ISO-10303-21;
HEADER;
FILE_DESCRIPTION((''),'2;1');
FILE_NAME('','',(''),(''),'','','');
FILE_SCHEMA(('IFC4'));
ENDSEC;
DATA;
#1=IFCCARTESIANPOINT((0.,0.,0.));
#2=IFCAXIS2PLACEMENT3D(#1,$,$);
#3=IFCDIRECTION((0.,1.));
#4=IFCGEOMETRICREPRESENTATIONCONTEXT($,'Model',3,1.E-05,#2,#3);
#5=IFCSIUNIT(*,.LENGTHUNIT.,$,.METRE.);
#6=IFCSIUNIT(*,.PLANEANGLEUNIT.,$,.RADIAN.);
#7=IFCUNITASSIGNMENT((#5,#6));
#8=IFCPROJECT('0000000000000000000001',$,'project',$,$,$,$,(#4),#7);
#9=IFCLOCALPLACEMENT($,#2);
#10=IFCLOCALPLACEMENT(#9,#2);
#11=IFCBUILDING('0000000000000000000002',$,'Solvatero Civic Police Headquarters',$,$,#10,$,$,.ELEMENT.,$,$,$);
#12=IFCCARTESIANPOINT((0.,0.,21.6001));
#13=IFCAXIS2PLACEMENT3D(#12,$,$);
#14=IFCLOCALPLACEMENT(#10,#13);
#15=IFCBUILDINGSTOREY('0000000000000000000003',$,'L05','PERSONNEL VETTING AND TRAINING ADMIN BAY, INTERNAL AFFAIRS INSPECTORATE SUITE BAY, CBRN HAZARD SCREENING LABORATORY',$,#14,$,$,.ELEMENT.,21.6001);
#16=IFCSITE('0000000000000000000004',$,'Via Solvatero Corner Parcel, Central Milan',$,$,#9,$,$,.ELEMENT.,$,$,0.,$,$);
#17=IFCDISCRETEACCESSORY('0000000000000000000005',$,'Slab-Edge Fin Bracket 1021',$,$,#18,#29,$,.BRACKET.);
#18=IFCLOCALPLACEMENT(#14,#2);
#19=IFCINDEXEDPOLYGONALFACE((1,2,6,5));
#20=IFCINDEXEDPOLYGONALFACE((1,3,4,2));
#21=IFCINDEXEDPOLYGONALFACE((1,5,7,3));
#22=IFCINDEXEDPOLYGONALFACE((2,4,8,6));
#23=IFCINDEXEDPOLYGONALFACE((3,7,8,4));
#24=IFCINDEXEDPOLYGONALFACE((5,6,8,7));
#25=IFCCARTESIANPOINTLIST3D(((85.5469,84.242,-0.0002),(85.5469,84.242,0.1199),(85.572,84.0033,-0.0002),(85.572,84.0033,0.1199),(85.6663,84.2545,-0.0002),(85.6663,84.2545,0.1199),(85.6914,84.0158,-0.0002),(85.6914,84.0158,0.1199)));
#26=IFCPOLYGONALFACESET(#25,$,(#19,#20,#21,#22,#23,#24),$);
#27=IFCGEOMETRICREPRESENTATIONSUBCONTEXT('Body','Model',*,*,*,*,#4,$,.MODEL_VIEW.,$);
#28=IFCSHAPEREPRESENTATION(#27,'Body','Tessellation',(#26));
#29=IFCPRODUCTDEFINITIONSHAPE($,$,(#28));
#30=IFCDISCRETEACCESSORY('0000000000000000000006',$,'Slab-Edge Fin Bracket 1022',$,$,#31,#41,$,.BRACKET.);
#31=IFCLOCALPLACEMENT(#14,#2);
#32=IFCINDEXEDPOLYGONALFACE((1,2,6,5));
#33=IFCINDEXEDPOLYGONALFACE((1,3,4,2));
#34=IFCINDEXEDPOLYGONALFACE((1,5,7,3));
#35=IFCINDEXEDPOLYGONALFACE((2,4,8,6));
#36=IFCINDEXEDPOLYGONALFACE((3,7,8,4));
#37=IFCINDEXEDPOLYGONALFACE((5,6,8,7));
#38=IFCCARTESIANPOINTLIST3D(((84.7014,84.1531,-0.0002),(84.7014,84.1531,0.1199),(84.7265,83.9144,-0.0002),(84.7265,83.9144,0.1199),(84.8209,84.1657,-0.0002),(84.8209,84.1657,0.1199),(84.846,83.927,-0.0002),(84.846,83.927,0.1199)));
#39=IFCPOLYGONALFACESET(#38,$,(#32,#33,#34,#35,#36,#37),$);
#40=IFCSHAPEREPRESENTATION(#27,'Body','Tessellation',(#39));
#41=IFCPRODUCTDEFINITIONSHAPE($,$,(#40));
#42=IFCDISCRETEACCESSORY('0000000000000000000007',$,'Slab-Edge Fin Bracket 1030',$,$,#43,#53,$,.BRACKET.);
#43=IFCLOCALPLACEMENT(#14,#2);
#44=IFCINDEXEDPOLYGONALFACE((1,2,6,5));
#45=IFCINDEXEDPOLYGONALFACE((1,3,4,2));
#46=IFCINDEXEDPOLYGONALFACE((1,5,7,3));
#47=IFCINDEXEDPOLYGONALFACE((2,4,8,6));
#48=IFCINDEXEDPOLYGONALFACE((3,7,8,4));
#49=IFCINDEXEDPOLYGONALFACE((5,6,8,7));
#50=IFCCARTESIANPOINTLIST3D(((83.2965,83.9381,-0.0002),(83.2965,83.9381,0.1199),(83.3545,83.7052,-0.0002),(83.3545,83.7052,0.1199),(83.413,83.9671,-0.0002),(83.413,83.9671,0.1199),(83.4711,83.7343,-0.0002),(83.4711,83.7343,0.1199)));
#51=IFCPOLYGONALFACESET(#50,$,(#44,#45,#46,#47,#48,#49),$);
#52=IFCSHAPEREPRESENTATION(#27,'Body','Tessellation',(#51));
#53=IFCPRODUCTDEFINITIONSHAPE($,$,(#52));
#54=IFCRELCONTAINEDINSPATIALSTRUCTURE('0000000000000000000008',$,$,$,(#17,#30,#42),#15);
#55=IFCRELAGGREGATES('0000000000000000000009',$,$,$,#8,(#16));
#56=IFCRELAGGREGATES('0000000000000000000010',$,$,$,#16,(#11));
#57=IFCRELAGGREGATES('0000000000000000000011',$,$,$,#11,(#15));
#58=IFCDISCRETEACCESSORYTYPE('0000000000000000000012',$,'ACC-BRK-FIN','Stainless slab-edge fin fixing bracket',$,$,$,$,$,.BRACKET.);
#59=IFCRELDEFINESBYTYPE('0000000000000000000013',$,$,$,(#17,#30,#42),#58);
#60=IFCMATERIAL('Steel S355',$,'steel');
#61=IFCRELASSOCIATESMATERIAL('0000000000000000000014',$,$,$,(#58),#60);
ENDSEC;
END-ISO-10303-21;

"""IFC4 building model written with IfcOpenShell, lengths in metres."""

from ifc_helpers import new_model, si_unit, direction, frame, origin, origin_2d, place, context, subcontext, project, spatial, rectangle, extrude, material, type_object, element, save


model = new_model("IFC4")

# Units and contexts
model_context = context("Model", 3, precision=1e-05, world=origin(), true_north=direction((0.0, 1.0)))
body_context = subcontext(model_context, "Body", "Model", "MODEL_VIEW")
ifc_project = project(units=[si_unit("LENGTHUNIT", "METRE"), si_unit("PLANEANGLEUNIT", "RADIAN")], contexts=[model_context])

# Site, building, storey
site_placement = place(None, origin())
site = spatial("IfcSite", under=ifc_project, at=site_placement, Name="Via Solvatero Corner Parcel, Central Milan", CompositionType="ELEMENT", RefElevation=0.0)
building_placement = place(site_placement, origin())
building = spatial("IfcBuilding", under=site, at=building_placement, Name="Solvatero Civic Police Headquarters", CompositionType="ELEMENT")
storey_placement = place(building_placement, frame((0.0, 0.0, 21.6001)))
storey = spatial("IfcBuildingStorey", under=building, at=storey_placement, Name="L05", Description="PERSONNEL VETTING AND TRAINING ADMIN BAY, INTERNAL AFFAIRS INSPECTORATE SUITE BAY, CBRN HAZARD SCREENING LABORATORY", CompositionType="ELEMENT", Elevation=21.6001)

# Shared definitions
ifc_material_1 = material(Name="Steel S355", Category="steel")

# Discrete accessories
discrete_accessory_type = type_object("IfcDiscreteAccessoryType", Name="ACC-BRK-FIN", Description="Stainless slab-edge fin fixing bracket", PredefinedType="BRACKET", material=ifc_material_1)
for number, where, z_axis, x_axis, name in (
    (1, (85.6191, 84.1289, -0.0002), (0.0, 0.0, 1.0), (-0.994524, -0.104511, 0.0), "Slab-Edge Fin Bracket 1021"),
    (2, (84.7737, 84.04, -0.0002), (0.0, 0.0, 1.0), (-0.994524, -0.104511, 0.0), "Slab-Edge Fin Bracket 1022"),
    (3, (83.3838, 83.8362, -0.0002), (0.0, 0.0, 1.0), (-0.970296, -0.241922, 0.0), "Slab-Edge Fin Bracket 1030"),
):
    element("IfcDiscreteAccessory", number, at=place(storey_placement, frame(where, z_axis=z_axis, x_axis=x_axis)), inside=storey, type_object=discrete_accessory_type, Name=name, PredefinedType="BRACKET", context=body_context, shape_type="SweptSolid", body=[
        extrude(rectangle(XDim=0.1201, YDim=0.24, at=origin_2d()), origin(), (0.0, 0.0, 1.0), 0.1201),
    ])

save(model, "model.ifc")
